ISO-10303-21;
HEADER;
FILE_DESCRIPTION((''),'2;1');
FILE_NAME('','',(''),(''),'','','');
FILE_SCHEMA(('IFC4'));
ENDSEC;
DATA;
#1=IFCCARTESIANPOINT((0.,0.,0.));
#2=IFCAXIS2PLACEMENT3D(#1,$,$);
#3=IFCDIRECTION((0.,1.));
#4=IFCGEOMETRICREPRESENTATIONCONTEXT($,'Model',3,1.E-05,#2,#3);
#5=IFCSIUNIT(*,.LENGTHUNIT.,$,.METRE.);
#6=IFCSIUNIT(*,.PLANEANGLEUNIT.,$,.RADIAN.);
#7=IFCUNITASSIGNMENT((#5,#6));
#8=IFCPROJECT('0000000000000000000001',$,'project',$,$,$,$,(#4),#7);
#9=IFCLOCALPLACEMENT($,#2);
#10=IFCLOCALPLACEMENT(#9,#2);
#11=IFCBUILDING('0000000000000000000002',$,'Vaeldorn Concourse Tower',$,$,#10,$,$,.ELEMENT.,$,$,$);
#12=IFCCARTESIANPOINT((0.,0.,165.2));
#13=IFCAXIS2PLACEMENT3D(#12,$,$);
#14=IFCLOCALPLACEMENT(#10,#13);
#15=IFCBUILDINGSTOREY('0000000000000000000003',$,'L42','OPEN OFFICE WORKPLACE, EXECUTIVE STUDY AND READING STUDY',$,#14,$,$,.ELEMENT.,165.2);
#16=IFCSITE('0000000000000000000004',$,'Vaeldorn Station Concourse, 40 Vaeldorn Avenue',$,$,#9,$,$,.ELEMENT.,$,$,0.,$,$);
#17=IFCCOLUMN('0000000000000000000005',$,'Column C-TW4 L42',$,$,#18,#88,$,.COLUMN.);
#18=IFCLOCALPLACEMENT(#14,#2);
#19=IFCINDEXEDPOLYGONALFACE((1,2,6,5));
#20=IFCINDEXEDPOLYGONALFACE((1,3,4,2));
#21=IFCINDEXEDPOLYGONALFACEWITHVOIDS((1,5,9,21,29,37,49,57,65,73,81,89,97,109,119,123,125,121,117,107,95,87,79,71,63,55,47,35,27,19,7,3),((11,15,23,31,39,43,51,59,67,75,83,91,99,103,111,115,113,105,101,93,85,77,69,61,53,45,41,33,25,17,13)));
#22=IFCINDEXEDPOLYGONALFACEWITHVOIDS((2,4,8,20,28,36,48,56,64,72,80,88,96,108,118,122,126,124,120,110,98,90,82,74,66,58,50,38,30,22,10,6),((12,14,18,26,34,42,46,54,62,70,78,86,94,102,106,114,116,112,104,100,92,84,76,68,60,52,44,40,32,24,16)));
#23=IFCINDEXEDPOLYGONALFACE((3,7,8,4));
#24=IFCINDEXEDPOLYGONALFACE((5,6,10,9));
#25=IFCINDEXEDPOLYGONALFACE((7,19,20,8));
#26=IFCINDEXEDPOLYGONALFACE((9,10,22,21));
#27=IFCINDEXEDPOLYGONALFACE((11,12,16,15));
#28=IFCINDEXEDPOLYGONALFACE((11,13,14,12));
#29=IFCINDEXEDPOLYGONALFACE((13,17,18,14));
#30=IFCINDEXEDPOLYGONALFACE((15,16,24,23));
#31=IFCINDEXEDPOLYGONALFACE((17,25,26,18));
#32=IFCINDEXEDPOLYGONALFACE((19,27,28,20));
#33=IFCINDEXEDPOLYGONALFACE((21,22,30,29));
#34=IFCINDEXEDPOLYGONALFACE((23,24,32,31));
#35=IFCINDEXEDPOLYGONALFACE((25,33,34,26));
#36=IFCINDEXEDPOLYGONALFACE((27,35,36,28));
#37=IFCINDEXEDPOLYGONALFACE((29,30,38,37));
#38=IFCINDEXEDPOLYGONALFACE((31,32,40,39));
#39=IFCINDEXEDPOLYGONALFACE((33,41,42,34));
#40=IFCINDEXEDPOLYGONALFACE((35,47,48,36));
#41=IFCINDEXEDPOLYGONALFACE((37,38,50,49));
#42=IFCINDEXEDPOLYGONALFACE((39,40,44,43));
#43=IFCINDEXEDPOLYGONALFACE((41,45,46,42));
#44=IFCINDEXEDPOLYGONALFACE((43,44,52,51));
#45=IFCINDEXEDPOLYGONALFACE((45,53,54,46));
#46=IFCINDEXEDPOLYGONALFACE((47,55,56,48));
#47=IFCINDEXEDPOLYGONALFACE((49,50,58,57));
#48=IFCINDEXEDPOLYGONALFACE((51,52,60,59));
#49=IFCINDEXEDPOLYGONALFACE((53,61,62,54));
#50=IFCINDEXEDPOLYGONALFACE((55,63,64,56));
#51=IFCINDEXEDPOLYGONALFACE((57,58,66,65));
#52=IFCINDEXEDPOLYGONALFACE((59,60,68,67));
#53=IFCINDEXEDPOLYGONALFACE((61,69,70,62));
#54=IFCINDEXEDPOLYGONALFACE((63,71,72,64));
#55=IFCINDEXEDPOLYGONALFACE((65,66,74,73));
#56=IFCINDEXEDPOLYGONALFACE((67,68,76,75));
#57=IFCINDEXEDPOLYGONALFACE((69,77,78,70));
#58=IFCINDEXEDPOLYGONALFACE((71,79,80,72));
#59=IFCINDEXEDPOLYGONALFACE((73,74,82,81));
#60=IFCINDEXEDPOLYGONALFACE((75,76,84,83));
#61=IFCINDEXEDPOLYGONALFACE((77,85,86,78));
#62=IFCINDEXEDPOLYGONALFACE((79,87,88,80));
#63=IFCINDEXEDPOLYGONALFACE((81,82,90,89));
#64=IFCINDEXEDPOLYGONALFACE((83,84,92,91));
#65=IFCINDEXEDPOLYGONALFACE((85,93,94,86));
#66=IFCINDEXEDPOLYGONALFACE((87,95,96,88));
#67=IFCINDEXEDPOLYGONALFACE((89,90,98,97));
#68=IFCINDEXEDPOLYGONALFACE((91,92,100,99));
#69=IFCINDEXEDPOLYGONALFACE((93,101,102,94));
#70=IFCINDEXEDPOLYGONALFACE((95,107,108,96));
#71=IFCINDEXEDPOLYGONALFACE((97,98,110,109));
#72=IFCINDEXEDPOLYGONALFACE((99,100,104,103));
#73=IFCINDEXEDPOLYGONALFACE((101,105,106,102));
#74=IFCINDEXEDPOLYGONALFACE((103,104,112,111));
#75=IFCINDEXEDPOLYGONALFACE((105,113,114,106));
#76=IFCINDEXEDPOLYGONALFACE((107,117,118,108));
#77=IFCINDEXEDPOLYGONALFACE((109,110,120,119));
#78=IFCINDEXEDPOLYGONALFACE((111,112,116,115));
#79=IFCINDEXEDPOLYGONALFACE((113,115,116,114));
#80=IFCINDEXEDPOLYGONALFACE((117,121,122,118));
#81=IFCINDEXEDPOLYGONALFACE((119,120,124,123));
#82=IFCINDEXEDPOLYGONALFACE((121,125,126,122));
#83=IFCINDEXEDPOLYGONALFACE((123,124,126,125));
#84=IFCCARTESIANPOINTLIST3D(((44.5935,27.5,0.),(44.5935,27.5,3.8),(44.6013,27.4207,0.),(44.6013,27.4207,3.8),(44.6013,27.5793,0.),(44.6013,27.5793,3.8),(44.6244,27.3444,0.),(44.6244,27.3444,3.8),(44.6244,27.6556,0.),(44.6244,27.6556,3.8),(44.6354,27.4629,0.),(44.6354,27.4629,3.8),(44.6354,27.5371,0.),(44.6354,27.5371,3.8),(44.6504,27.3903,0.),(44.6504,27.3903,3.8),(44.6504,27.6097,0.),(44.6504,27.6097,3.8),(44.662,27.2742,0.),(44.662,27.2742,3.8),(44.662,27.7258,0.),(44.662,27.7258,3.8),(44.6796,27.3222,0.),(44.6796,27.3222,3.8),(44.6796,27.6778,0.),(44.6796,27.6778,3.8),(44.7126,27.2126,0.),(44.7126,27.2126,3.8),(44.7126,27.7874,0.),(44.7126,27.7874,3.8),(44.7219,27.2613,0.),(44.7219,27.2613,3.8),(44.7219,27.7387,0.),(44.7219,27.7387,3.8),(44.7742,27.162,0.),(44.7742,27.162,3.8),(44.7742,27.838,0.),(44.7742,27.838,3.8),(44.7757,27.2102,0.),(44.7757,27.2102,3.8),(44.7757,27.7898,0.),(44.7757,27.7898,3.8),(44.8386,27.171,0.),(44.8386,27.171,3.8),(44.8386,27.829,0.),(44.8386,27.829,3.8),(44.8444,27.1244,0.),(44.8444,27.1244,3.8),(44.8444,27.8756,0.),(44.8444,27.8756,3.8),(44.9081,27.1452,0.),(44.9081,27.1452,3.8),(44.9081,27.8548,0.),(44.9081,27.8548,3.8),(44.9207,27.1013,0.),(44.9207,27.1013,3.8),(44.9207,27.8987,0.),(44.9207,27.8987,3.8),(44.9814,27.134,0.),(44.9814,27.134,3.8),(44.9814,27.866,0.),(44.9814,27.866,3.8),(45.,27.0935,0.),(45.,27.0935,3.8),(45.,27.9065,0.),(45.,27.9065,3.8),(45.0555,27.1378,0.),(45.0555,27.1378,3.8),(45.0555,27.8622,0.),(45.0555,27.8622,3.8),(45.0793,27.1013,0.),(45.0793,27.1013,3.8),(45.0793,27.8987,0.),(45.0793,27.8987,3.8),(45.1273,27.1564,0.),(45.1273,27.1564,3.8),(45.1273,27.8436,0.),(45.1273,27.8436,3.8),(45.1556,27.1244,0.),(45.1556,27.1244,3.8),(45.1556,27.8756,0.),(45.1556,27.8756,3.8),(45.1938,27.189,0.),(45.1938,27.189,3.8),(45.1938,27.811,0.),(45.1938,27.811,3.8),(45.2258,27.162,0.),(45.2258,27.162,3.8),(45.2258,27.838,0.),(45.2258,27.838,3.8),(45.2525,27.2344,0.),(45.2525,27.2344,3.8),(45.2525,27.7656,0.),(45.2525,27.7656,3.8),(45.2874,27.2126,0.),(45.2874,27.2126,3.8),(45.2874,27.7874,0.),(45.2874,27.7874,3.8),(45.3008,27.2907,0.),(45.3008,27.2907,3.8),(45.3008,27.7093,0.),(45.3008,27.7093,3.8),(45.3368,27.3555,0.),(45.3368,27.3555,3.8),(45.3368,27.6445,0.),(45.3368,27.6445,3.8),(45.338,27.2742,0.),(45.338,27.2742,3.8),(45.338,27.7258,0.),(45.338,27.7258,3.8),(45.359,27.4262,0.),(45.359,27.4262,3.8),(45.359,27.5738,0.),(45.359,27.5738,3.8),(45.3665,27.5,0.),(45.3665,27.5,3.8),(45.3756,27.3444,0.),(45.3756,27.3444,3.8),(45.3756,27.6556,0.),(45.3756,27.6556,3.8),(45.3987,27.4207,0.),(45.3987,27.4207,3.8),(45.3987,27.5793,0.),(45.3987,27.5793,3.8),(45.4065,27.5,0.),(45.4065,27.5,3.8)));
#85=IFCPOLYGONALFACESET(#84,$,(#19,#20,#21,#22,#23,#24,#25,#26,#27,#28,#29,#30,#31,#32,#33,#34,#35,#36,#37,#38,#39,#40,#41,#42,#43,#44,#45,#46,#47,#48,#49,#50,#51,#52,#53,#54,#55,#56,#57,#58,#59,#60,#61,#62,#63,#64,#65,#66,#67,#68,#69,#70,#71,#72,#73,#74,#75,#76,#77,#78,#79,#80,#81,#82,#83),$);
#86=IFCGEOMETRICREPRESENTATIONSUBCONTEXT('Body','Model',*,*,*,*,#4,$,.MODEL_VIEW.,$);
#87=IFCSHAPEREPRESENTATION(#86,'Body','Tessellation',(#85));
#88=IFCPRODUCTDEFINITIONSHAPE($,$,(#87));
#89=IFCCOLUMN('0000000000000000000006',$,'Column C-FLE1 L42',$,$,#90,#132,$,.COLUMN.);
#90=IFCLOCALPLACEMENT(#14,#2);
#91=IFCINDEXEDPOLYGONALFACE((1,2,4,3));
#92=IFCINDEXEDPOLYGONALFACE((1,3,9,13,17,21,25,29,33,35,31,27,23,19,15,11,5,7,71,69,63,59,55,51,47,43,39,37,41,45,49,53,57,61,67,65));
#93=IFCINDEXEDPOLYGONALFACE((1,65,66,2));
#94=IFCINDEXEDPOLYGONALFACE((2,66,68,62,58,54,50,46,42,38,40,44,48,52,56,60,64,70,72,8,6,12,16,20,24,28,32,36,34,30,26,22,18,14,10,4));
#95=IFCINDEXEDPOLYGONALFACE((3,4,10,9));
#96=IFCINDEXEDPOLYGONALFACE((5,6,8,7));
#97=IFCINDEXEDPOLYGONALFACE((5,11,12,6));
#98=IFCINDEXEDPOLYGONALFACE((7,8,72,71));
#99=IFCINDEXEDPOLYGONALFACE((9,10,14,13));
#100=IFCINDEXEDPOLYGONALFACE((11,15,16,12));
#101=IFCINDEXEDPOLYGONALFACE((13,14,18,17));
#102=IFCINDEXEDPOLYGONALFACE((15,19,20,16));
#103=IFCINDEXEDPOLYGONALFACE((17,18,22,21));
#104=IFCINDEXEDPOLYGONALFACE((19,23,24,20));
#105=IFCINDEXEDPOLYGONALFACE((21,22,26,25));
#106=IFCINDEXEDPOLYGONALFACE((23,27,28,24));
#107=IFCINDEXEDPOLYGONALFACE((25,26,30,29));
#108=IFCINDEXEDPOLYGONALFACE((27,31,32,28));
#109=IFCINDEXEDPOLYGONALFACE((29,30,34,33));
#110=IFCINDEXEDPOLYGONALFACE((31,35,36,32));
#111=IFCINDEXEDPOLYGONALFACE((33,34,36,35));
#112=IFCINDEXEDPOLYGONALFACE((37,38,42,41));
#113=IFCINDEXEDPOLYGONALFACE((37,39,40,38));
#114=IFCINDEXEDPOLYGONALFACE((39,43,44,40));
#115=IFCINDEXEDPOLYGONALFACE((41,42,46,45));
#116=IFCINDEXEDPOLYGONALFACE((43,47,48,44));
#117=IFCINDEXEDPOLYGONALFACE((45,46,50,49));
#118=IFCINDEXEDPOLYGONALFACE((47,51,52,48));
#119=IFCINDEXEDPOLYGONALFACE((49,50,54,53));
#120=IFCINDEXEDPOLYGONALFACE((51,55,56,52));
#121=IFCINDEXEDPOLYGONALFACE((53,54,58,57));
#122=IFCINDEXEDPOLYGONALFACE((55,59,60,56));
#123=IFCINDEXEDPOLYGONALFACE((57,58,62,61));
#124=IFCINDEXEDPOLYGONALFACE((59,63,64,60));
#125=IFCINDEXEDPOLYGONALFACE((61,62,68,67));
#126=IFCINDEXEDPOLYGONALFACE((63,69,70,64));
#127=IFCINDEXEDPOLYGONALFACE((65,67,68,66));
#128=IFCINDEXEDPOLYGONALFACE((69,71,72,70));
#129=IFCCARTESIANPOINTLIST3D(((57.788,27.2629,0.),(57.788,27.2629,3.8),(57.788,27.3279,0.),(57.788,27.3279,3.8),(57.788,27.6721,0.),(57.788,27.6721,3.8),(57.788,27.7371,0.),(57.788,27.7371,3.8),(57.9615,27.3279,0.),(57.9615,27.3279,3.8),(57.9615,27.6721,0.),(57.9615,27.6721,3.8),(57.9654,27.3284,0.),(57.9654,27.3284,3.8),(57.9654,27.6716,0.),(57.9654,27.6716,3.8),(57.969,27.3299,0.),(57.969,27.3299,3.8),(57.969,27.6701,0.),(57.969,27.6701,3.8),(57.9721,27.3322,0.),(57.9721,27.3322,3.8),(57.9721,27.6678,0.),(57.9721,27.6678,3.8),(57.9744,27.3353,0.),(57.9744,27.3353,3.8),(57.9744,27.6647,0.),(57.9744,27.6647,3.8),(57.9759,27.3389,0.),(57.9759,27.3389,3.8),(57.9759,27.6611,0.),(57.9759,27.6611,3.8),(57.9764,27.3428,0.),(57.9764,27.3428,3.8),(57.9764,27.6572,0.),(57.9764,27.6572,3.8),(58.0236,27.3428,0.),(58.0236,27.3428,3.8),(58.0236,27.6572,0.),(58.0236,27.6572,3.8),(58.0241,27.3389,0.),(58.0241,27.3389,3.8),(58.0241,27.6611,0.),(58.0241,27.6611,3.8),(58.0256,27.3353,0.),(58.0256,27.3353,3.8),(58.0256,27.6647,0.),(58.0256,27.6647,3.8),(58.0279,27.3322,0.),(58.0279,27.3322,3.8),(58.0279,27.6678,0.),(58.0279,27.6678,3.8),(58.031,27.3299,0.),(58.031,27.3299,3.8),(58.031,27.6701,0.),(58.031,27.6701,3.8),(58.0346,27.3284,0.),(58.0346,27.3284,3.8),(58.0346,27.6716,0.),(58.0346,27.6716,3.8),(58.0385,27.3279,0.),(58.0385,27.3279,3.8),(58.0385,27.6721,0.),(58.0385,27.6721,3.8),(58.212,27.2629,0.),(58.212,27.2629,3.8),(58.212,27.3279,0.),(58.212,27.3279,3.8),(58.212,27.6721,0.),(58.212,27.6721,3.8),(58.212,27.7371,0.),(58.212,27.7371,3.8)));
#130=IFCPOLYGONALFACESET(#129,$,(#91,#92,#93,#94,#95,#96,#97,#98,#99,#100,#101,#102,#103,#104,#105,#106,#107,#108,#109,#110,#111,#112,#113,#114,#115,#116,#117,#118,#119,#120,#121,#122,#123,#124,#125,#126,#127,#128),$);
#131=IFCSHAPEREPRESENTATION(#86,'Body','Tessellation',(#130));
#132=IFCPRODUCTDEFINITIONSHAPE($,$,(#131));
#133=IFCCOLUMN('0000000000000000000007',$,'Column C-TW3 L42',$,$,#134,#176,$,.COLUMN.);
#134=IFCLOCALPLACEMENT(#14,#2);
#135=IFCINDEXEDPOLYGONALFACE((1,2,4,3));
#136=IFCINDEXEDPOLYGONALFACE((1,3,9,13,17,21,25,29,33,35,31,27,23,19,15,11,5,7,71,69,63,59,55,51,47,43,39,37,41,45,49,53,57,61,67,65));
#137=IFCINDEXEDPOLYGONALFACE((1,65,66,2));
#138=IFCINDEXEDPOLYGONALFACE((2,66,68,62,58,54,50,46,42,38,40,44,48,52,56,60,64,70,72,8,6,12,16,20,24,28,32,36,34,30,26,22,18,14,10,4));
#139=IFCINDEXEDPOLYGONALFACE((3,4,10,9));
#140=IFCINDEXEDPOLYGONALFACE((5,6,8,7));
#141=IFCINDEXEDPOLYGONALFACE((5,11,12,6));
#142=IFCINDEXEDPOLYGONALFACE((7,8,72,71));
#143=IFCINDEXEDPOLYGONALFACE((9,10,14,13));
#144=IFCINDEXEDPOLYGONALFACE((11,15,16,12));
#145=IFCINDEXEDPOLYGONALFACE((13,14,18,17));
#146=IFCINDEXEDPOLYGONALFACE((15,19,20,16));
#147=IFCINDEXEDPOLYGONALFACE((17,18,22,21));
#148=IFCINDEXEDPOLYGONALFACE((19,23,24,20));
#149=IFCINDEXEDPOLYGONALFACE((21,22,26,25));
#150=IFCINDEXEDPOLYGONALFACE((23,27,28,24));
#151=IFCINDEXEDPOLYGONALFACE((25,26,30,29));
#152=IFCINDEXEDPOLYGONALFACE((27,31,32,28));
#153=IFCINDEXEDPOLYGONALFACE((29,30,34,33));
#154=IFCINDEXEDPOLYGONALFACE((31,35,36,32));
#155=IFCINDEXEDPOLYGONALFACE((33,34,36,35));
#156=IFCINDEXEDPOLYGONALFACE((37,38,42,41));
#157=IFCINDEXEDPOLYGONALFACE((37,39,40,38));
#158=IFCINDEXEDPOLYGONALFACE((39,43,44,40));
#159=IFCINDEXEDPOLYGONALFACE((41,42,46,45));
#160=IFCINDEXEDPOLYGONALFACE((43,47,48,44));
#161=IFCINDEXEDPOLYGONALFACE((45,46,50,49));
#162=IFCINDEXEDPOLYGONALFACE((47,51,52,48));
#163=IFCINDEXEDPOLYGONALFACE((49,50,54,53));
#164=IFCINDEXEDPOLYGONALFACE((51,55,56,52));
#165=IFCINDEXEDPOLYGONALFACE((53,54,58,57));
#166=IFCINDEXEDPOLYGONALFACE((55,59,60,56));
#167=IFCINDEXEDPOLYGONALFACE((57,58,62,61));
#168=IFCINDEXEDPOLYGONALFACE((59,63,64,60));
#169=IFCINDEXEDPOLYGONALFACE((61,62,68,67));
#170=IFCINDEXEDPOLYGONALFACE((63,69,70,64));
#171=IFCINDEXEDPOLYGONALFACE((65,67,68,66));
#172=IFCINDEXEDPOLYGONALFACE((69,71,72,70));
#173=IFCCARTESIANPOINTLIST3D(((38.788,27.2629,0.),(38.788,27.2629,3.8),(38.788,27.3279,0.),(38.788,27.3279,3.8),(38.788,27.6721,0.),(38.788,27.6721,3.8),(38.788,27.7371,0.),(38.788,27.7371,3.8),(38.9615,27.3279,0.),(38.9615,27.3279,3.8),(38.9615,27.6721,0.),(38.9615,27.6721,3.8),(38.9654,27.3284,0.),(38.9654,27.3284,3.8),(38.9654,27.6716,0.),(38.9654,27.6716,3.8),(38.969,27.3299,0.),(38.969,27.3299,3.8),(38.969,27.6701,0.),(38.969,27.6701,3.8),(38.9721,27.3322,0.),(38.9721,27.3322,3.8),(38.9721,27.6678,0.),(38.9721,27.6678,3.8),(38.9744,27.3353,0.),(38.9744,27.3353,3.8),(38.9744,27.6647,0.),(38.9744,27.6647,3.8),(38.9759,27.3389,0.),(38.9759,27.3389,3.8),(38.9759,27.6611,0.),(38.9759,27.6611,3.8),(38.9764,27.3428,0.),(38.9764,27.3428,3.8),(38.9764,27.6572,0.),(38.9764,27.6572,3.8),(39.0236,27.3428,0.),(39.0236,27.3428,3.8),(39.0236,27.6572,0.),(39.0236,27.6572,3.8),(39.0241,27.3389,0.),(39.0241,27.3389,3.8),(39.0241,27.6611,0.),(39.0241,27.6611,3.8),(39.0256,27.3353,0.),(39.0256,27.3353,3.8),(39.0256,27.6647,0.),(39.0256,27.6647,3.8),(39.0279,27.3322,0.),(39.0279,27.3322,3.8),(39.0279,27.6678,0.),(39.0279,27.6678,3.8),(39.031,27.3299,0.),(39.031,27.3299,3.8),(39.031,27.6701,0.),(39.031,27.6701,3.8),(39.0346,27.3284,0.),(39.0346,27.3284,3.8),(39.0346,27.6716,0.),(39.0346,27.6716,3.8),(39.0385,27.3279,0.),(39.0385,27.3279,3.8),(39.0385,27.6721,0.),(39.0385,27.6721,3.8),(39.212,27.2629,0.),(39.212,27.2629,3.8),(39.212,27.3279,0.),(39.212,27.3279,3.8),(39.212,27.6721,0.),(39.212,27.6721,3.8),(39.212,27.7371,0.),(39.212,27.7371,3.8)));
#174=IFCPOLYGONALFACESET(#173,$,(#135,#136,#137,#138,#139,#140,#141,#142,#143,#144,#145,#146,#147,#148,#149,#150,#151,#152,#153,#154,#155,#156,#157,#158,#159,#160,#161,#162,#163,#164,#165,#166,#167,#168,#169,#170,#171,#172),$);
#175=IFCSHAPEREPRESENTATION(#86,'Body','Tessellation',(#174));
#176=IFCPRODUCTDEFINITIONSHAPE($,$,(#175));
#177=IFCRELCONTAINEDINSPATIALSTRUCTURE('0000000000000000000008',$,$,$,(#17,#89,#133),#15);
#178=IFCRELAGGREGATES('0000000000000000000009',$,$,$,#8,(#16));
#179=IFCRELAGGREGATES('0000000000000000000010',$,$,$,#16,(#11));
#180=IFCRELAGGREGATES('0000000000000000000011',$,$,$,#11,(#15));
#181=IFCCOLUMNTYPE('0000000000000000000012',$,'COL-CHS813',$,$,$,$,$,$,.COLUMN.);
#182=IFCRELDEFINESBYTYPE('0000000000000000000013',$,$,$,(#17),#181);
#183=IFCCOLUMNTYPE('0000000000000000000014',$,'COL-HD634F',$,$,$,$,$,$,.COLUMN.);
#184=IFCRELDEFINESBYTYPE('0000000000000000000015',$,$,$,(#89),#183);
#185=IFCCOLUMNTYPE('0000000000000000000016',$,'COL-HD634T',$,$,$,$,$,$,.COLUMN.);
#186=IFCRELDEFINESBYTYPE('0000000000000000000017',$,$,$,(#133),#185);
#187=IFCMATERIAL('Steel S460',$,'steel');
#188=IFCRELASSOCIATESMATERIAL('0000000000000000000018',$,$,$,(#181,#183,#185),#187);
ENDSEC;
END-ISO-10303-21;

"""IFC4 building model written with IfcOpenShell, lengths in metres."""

from ifc_helpers import new_model, si_unit, direction, frame, origin, origin_2d, place, context, subcontext, project, spatial, hollow_circle, i_section, extrude, source, transform, mapped, material, material_profile, profile_set, type_object, element, save


model = new_model("IFC4")

# Units and contexts
model_context = context("Model", 3, precision=1e-05, world=origin(), true_north=direction((0.0, 1.0)))
body_context = subcontext(model_context, "Body", "Model", "MODEL_VIEW")
ifc_project = project(units=[si_unit("LENGTHUNIT", "METRE"), si_unit("PLANEANGLEUNIT", "RADIAN")], contexts=[model_context])

# Site, building, storey
site_placement = place(None, origin())
site = spatial("IfcSite", under=ifc_project, at=site_placement, Name="Vaeldorn Station Concourse, 40 Vaeldorn Avenue", CompositionType="ELEMENT", RefElevation=0.0)
building_placement = place(site_placement, origin())
building = spatial("IfcBuilding", under=site, at=building_placement, Name="Vaeldorn Concourse Tower", CompositionType="ELEMENT")
storey_placement = place(building_placement, frame((0.0, 0.0, 165.2)))
storey = spatial("IfcBuildingStorey", under=building, at=storey_placement, Name="L42", Description="OPEN OFFICE WORKPLACE, EXECUTIVE STUDY AND READING STUDY", CompositionType="ELEMENT", Elevation=165.2)

# Columns
ifc_material_1 = material(Name="Steel S460", Category="steel")
ifc_material_profile_1 = material_profile(ifc_material_1, hollow_circle(Radius=0.4065, WallThickness=0.04, at=origin_2d()), Name="CHS 813x40")
ifc_profile_set_1 = profile_set([ifc_material_profile_1], Name="Steel S460")
column_type_1 = type_object("IfcColumnType", Name="COL-CHS813", PredefinedType="COLUMN", material=ifc_profile_set_1)
shared_shape_1 = source(origin(), body_context, "Body", "SweptSolid", [
    extrude(hollow_circle(Radius=0.4065, WallThickness=0.04, at=origin_2d()), origin(), (0.0, 0.0, 1.0), 3.8),
])
column_1_placement = place(storey_placement, frame((45.0, 27.5, 0.0), z_axis=(0.0, 0.0, 1.0), x_axis=(1.0, 0.0, 0.0)))
element("IfcColumn", 1, at=column_1_placement, inside=storey, type_object=column_type_1, Name="Column C-TW4 L42", PredefinedType="COLUMN", context=body_context, shape_type="MappedRepresentation", body=[
    mapped(shared_shape_1, transform((0.0, 0.0, 0.0), scale=1.0)),
])
ifc_material_profile_2 = material_profile(ifc_material_1, i_section(OverallWidth=0.4241, OverallDepth=0.4741, WebThickness=0.0471, FlangeThickness=0.0649, FilletRadius=0.0149, at=origin_2d()), Name="HD 400x634")
ifc_profile_set_2 = profile_set([ifc_material_profile_2], Name="Steel S460")
column_type_2 = type_object("IfcColumnType", Name="COL-HD634F", PredefinedType="COLUMN", material=ifc_profile_set_2)
shared_shape_2 = source(origin(), body_context, "Body", "SweptSolid", [
    extrude(i_section(OverallWidth=0.4241, OverallDepth=0.4741, WebThickness=0.0471, FlangeThickness=0.0649, FilletRadius=0.0149, at=origin_2d()), origin(), (0.0, 0.0, 1.0), 3.8),
])
column_2_placement = place(storey_placement, frame((58.0, 27.5, 0.0), z_axis=(0.0, 0.0, 1.0), x_axis=(1.0, 0.0, 0.0)))
element("IfcColumn", 2, at=column_2_placement, inside=storey, type_object=column_type_2, Name="Column C-FLE1 L42", PredefinedType="COLUMN", context=body_context, shape_type="MappedRepresentation", body=[
    mapped(shared_shape_2, transform((0.0, 0.0, 0.0), scale=1.0)),
])
ifc_material_profile_3 = material_profile(ifc_material_1, i_section(OverallWidth=0.4241, OverallDepth=0.4741, WebThickness=0.0471, FlangeThickness=0.0649, FilletRadius=0.0149, at=origin_2d()), Name="HD 400x634")
ifc_profile_set_3 = profile_set([ifc_material_profile_3], Name="Steel S460")
column_type_3 = type_object("IfcColumnType", Name="COL-HD634T", PredefinedType="COLUMN", material=ifc_profile_set_3)
shared_shape_3 = source(origin(), body_context, "Body", "SweptSolid", [
    extrude(i_section(OverallWidth=0.4241, OverallDepth=0.4741, WebThickness=0.0471, FlangeThickness=0.0649, FilletRadius=0.0149, at=origin_2d()), origin(), (0.0, 0.0, 1.0), 3.8),
])
column_3_placement = place(storey_placement, frame((39.0, 27.5, 0.0), z_axis=(0.0, 0.0, 1.0), x_axis=(1.0, 0.0, 0.0)))
element("IfcColumn", 3, at=column_3_placement, inside=storey, type_object=column_type_3, Name="Column C-TW3 L42", PredefinedType="COLUMN", context=body_context, shape_type="MappedRepresentation", body=[
    mapped(shared_shape_3, transform((0.0, 0.0, 0.0), scale=1.0)),
])

save(model, "model.ifc")
